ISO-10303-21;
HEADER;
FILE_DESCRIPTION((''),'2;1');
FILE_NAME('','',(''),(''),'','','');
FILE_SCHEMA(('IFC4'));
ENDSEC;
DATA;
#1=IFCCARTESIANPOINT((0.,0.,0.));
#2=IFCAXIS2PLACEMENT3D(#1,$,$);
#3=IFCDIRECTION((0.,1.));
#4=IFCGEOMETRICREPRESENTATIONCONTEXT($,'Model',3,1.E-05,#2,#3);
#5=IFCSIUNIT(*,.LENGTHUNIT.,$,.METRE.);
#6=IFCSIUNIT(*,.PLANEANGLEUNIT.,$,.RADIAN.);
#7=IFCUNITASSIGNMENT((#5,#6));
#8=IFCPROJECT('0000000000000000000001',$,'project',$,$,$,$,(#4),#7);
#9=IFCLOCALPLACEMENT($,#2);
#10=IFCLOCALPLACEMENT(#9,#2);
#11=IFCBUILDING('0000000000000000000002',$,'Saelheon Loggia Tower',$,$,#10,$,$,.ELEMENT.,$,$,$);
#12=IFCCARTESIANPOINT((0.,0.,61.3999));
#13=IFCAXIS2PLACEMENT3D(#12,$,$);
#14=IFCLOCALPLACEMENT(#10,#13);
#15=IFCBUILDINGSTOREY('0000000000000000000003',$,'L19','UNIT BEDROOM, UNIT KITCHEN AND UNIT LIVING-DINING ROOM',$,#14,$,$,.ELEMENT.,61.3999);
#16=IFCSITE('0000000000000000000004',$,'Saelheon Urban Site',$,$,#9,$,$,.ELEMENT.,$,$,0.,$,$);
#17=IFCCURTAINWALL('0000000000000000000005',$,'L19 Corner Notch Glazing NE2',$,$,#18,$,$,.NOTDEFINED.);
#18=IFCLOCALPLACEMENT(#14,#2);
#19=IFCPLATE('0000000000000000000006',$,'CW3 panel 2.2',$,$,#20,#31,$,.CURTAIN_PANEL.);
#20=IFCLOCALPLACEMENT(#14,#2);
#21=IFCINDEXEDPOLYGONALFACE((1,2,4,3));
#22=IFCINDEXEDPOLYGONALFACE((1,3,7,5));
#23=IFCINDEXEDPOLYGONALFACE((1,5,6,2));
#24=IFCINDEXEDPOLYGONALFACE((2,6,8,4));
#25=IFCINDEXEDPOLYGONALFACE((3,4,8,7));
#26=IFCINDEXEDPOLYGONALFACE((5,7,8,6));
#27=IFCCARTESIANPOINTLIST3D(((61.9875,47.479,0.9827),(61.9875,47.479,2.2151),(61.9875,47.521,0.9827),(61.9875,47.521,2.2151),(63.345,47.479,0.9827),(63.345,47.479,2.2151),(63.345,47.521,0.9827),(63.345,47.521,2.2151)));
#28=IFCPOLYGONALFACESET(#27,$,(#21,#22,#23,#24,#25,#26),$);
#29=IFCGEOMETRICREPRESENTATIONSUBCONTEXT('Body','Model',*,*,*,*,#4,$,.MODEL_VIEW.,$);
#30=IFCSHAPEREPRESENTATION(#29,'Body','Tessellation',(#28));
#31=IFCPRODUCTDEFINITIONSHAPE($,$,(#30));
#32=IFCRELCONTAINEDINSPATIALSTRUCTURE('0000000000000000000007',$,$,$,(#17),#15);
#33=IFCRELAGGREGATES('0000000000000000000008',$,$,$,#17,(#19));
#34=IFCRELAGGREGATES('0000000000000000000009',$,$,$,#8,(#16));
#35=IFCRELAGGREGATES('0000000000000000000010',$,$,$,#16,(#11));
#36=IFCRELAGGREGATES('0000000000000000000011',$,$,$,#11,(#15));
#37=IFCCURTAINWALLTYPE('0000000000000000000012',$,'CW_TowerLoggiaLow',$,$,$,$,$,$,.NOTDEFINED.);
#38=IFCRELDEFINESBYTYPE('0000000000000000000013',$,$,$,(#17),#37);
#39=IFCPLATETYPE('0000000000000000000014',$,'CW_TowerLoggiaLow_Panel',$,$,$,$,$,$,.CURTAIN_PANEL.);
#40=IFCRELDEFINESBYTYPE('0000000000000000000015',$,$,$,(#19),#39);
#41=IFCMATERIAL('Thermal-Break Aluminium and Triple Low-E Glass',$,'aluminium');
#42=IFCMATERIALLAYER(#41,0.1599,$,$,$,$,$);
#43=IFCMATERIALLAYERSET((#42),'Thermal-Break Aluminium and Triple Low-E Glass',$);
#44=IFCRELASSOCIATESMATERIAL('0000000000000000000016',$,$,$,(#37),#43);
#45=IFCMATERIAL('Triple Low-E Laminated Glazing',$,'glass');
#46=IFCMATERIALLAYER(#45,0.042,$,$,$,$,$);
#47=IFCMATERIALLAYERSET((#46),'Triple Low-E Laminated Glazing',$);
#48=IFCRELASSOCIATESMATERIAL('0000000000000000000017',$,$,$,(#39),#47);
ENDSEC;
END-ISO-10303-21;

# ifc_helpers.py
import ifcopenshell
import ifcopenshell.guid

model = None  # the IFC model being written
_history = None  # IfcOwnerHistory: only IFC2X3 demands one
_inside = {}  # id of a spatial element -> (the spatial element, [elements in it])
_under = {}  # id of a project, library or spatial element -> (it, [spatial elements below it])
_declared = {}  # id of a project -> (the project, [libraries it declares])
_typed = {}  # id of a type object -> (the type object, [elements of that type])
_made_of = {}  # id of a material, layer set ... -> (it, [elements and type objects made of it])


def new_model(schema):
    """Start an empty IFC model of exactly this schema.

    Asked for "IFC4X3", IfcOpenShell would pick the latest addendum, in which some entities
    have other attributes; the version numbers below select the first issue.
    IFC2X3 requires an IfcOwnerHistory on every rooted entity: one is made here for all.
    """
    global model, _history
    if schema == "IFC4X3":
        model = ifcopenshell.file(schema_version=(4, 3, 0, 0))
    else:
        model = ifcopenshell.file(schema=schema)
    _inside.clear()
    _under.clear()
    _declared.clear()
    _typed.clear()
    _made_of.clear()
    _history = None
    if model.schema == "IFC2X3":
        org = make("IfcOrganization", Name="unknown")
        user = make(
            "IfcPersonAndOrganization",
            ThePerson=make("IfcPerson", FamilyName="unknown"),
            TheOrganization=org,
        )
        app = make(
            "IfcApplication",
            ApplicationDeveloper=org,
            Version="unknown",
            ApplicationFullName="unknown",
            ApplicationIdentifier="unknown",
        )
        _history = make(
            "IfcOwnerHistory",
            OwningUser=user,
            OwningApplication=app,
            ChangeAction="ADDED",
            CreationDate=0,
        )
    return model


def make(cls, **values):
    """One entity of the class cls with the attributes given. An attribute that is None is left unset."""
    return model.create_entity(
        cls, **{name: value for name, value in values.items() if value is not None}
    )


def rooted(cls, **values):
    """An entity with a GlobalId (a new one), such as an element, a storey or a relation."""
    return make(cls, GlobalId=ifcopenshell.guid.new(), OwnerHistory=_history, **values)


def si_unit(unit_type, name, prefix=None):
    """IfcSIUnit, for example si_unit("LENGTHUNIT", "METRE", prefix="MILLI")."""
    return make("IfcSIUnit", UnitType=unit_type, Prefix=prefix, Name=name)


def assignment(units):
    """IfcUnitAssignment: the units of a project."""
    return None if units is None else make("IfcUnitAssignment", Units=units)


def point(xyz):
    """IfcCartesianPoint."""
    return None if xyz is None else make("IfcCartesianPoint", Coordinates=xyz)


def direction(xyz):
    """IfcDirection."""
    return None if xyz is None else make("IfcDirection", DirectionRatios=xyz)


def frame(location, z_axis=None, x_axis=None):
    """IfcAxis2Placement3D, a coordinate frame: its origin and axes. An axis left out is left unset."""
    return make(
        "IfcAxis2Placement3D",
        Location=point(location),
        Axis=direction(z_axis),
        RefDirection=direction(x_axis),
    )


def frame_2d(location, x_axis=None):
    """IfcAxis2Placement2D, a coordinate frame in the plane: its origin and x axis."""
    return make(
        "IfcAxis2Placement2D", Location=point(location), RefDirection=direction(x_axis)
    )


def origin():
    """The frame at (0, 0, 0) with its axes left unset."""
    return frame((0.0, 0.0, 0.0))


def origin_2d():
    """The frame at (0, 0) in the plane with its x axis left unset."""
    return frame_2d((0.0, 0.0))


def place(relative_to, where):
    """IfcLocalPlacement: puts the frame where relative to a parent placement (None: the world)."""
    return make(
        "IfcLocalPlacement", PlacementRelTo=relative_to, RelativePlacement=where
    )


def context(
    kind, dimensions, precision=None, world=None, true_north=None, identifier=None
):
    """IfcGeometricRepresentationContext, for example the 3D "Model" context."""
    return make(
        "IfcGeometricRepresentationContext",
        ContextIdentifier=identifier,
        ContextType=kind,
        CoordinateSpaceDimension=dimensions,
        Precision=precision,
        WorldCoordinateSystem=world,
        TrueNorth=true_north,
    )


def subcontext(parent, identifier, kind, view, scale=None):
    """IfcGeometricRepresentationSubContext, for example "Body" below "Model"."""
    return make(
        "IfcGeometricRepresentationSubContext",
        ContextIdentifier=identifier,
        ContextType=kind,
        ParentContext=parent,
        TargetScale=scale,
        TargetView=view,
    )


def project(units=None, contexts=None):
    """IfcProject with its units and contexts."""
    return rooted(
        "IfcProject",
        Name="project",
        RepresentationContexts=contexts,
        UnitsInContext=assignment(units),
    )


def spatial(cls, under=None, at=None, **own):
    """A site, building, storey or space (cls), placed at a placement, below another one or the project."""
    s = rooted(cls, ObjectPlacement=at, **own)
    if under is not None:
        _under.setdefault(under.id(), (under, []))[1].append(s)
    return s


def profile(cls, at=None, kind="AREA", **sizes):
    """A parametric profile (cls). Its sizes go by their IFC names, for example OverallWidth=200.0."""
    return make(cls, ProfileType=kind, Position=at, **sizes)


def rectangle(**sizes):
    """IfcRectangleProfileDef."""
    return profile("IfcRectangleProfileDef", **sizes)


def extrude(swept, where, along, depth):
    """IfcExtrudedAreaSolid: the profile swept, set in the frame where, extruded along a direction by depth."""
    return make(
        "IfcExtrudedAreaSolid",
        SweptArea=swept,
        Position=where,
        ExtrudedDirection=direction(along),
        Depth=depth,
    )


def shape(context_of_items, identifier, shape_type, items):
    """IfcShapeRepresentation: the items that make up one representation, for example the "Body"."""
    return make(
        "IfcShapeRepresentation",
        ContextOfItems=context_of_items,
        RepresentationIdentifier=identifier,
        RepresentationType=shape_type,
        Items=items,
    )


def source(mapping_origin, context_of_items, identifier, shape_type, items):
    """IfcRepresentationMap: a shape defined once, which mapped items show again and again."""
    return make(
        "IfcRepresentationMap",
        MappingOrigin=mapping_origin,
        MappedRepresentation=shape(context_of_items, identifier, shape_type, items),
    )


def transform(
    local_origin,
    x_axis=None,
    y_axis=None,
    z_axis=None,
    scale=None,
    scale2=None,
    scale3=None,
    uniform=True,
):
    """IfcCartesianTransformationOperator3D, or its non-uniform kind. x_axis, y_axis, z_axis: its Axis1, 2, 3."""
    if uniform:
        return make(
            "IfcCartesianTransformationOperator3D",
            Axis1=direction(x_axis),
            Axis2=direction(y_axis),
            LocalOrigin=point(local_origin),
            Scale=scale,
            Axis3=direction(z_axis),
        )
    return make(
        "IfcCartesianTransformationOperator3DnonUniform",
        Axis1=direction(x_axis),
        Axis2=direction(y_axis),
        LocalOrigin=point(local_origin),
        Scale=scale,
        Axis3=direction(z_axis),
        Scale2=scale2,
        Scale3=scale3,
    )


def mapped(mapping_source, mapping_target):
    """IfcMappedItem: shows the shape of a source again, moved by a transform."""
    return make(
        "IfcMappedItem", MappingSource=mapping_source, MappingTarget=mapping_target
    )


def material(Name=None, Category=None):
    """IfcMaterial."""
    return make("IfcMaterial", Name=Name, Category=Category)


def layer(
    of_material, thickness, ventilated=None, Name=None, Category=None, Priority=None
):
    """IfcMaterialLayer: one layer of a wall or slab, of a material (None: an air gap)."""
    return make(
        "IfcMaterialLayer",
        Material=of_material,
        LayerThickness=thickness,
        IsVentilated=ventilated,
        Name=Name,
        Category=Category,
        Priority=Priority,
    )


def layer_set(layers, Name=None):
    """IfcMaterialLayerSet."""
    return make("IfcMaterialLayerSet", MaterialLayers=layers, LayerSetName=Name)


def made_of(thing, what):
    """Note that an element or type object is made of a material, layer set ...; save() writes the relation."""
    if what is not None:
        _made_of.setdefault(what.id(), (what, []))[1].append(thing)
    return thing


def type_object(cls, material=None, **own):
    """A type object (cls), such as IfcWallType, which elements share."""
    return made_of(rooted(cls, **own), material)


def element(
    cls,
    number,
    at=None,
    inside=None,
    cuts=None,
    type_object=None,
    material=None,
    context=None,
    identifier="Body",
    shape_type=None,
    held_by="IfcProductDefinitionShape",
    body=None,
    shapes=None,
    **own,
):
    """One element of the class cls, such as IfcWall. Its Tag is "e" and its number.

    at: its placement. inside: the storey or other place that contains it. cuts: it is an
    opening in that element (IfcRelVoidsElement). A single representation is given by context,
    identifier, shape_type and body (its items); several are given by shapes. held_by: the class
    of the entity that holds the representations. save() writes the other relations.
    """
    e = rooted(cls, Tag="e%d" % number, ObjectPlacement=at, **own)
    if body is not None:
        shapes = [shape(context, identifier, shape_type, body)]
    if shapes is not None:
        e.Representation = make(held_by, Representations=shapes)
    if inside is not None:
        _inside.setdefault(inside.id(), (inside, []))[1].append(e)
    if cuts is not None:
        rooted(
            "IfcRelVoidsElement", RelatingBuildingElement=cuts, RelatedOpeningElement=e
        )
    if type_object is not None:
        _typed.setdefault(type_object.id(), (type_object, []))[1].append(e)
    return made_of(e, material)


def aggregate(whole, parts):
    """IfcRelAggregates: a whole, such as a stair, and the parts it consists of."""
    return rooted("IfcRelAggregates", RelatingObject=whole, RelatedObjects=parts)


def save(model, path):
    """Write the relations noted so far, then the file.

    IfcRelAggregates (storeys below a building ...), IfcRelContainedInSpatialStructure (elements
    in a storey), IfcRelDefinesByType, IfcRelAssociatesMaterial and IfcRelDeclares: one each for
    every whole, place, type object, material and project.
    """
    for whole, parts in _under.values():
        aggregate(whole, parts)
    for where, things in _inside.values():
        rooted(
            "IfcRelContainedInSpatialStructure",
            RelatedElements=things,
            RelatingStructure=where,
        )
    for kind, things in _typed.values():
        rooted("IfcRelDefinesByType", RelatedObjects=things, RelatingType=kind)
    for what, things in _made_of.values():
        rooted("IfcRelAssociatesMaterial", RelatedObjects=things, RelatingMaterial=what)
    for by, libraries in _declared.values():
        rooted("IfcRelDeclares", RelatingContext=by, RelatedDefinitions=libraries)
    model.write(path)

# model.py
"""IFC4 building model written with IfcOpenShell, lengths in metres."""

from ifc_helpers import new_model, si_unit, direction, frame, origin, origin_2d, place, context, subcontext, project, spatial, rectangle, extrude, source, transform, mapped, material, layer, layer_set, type_object, element, aggregate, save


model = new_model("IFC4")

# Units and contexts
model_context = context("Model", 3, precision=1e-05, world=origin(), true_north=direction((0.0, 1.0)))
body_context = subcontext(model_context, "Body", "Model", "MODEL_VIEW")
ifc_project = project(units=[si_unit("LENGTHUNIT", "METRE"), si_unit("PLANEANGLEUNIT", "RADIAN")], contexts=[model_context])

# Site, building, storey
site_placement = place(None, origin())
site = spatial("IfcSite", under=ifc_project, at=site_placement, Name="Saelheon Urban Site", CompositionType="ELEMENT", RefElevation=0.0)
building_placement = place(site_placement, origin())
building = spatial("IfcBuilding", under=site, at=building_placement, Name="Saelheon Loggia Tower", CompositionType="ELEMENT")
storey_placement = place(building_placement, frame((0.0, 0.0, 61.3999)))
storey = spatial("IfcBuildingStorey", under=building, at=storey_placement, Name="L19", Description="UNIT BEDROOM, UNIT KITCHEN AND UNIT LIVING-DINING ROOM", CompositionType="ELEMENT", Elevation=61.3999)

# Curtain wall
ifc_material_1 = material(Name="Thermal-Break Aluminium and Triple Low-E Glass", Category="aluminium")
ifc_layer_1 = layer(ifc_material_1, 0.1599)
ifc_layer_set_1 = layer_set([ifc_layer_1], Name="Thermal-Break Aluminium and Triple Low-E Glass")
curtain_wall_type = type_object("IfcCurtainWallType", Name="CW_TowerLoggiaLow", PredefinedType="NOTDEFINED", material=ifc_layer_set_1)
curtain_wall_1_placement = place(storey_placement, origin())
curtain_wall_1 = element("IfcCurtainWall", 1, at=curtain_wall_1_placement, inside=storey, type_object=curtain_wall_type, Name="L19 Corner Notch Glazing NE2", PredefinedType="NOTDEFINED")

# Plate
ifc_material_2 = material(Name="Triple Low-E Laminated Glazing", Category="glass")
ifc_layer_2 = layer(ifc_material_2, 0.042)
ifc_layer_set_2 = layer_set([ifc_layer_2], Name="Triple Low-E Laminated Glazing")
plate_type = type_object("IfcPlateType", Name="CW_TowerLoggiaLow_Panel", PredefinedType="CURTAIN_PANEL", material=ifc_layer_set_2)
shared_shape_1 = source(origin(), body_context, "Body", "SweptSolid", [
    extrude(rectangle(XDim=1.3574, YDim=0.042, at=origin_2d()), origin(), (0.0, 0.0, 1.0), 1.2324),
])
plate_1_placement = place(storey_placement, frame((62.6663, 47.5, 0.9827), z_axis=(0.0, 0.0, 1.0), x_axis=(1.0, 0.0, 0.0)))
plate_1 = element("IfcPlate", 2, at=plate_1_placement, type_object=plate_type, Name="CW3 panel 2.2", PredefinedType="CURTAIN_PANEL", context=body_context, shape_type="MappedRepresentation", body=[
    mapped(shared_shape_1, transform((0.0, 0.0, 0.0), scale=1.0)),
])
aggregate(curtain_wall_1, [plate_1])

save(model, "model.ifc")
